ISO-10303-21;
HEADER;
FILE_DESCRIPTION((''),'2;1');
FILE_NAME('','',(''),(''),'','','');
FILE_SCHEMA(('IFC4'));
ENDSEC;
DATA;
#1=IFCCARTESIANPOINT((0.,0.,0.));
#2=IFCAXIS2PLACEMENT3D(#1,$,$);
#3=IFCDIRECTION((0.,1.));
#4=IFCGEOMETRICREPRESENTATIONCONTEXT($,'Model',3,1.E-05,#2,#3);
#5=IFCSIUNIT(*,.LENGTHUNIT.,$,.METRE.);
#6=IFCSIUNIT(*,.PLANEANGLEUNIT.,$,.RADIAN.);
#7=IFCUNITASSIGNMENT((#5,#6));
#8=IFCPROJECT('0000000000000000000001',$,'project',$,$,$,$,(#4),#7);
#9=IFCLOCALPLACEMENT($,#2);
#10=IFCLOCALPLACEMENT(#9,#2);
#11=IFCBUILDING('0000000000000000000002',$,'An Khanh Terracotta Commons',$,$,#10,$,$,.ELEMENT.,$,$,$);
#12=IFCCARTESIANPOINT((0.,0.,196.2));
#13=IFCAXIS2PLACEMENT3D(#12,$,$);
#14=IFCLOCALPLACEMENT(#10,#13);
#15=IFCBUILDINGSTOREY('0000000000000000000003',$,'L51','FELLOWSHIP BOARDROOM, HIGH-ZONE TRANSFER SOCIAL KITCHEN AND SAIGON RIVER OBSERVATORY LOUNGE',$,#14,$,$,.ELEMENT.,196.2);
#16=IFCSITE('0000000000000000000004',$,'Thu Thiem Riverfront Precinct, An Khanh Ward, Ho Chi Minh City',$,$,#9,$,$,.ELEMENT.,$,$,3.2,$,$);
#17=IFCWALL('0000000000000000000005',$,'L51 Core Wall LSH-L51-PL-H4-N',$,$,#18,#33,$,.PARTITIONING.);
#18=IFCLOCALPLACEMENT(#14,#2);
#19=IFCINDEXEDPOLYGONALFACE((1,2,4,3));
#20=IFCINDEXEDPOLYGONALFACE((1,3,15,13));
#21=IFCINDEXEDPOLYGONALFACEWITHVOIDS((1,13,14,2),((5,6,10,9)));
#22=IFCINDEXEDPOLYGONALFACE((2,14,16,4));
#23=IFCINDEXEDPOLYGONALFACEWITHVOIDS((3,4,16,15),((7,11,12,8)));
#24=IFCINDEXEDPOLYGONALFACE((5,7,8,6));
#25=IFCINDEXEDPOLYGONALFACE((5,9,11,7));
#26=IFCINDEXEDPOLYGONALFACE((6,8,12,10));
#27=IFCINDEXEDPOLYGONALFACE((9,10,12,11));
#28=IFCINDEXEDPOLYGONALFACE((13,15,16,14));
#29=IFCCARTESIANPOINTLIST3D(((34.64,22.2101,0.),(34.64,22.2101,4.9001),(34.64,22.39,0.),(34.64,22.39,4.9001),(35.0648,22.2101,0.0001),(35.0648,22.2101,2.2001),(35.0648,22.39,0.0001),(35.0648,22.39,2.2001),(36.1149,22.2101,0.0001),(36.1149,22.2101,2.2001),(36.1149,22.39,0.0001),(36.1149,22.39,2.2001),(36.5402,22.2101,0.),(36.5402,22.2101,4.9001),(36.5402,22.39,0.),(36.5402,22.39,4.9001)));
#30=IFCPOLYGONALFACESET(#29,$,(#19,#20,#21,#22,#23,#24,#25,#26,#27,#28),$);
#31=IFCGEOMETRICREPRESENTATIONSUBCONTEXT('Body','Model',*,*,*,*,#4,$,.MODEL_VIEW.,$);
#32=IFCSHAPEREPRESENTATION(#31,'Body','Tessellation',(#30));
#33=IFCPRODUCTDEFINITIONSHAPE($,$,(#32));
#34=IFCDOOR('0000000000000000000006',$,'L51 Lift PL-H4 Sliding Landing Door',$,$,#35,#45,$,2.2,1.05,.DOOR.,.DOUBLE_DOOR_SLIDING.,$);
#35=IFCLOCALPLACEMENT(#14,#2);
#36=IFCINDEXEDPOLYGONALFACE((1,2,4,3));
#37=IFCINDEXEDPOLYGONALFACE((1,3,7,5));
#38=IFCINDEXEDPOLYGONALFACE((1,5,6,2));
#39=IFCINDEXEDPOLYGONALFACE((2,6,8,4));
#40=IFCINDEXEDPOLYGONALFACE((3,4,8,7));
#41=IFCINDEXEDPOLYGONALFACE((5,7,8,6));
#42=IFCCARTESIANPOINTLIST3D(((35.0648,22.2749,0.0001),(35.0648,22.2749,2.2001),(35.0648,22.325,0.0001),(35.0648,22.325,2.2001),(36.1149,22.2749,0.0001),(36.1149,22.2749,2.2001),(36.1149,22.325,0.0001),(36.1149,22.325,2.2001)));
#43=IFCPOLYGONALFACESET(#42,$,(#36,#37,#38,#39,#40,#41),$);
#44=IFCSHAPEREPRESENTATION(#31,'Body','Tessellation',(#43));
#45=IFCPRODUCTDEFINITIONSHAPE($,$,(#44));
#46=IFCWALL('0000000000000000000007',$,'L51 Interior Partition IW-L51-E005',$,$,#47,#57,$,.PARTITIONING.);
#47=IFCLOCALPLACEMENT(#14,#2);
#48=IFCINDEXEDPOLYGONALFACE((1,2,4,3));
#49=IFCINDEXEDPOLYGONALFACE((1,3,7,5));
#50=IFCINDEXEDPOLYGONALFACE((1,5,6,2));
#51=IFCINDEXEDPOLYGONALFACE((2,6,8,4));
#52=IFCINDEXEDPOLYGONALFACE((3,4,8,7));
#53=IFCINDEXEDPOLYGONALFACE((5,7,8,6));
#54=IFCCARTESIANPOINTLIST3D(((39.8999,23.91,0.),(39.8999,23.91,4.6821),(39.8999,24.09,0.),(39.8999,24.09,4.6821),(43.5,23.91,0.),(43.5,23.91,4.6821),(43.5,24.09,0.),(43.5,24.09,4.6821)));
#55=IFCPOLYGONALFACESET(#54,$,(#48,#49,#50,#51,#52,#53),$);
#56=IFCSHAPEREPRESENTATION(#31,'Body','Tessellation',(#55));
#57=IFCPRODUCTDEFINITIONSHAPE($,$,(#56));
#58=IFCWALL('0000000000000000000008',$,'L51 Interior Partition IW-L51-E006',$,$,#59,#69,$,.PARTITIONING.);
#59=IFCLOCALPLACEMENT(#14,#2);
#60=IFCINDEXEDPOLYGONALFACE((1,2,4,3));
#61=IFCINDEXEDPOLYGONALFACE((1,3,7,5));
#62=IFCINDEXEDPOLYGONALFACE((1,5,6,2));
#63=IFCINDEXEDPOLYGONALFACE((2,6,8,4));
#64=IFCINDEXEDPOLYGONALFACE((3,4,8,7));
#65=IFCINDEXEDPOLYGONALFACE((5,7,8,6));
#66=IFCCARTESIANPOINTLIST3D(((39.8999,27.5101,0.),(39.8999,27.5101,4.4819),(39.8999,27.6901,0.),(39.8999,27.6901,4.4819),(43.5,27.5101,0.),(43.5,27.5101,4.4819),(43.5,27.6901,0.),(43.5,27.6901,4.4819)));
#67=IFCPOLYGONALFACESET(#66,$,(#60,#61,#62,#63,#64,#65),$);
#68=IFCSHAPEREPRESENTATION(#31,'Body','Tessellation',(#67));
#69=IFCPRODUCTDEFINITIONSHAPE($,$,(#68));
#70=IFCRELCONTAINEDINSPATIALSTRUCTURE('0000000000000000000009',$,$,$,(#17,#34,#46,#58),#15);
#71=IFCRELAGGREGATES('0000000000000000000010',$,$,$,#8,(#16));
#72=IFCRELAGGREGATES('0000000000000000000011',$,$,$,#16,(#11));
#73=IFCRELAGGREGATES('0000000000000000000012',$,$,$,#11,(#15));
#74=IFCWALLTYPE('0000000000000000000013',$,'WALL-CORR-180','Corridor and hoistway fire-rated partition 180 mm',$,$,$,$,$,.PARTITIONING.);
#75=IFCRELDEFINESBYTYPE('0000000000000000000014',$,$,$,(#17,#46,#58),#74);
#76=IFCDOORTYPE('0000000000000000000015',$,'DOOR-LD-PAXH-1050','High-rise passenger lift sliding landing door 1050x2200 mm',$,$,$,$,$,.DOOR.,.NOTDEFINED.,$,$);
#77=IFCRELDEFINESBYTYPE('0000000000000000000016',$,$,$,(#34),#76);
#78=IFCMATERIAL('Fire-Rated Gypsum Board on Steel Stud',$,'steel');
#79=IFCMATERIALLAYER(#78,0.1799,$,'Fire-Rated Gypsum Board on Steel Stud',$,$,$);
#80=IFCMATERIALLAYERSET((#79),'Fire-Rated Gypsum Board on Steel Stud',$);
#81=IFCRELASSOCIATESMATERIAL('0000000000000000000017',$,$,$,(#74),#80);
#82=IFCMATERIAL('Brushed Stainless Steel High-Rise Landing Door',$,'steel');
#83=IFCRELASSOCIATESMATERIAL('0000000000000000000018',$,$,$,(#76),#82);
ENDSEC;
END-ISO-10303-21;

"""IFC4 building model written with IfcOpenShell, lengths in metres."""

from ifc_helpers import new_model, si_unit, direction, frame, frame_2d, origin, place, context, subcontext, project, spatial, rectangle, extrude, material, layer, layer_set, type_object, element, fill, save


model = new_model("IFC4")

# Units and contexts
model_context = context("Model", 3, precision=1e-05, world=origin(), true_north=direction((0.0, 1.0)))
body_context = subcontext(model_context, "Body", "Model", "MODEL_VIEW")
ifc_project = project(units=[si_unit("LENGTHUNIT", "METRE"), si_unit("PLANEANGLEUNIT", "RADIAN")], contexts=[model_context])

# Site, building, storey
site_placement = place(None, origin())
site = spatial("IfcSite", under=ifc_project, at=site_placement, Name="Thu Thiem Riverfront Precinct, An Khanh Ward, Ho Chi Minh City", CompositionType="ELEMENT", RefElevation=3.2)
building_placement = place(site_placement, origin())
building = spatial("IfcBuilding", under=site, at=building_placement, Name="An Khanh Terracotta Commons", CompositionType="ELEMENT")
storey_placement = place(building_placement, frame((0.0, 0.0, 196.2)))
storey = spatial("IfcBuildingStorey", under=building, at=storey_placement, Name="L51", Description="FELLOWSHIP BOARDROOM, HIGH-ZONE TRANSFER SOCIAL KITCHEN AND SAIGON RIVER OBSERVATORY LOUNGE", CompositionType="ELEMENT", Elevation=196.2)

# Shared definitions
ifc_material_1 = material(Name="Fire-Rated Gypsum Board on Steel Stud", Category="steel")
ifc_layer = layer(ifc_material_1, 0.1799, Name="Fire-Rated Gypsum Board on Steel Stud")
ifc_layer_set = layer_set([ifc_layer], Name="Fire-Rated Gypsum Board on Steel Stud")
wall_type = type_object("IfcWallType", Name="WALL-CORR-180", Description="Corridor and hoistway fire-rated partition 180 mm", PredefinedType="PARTITIONING", material=ifc_layer_set)

# Shared definitions
ifc_material_2 = material(Name="Brushed Stainless Steel High-Rise Landing Door", Category="steel")
door_type_1 = type_object("IfcDoorType", Name="DOOR-LD-PAXH-1050", Description="High-rise passenger lift sliding landing door 1050x2200 mm", OperationType="NOTDEFINED", PredefinedType="DOOR", material=ifc_material_2)

# Wall, opening, door
wall_1_placement = place(storey_placement, frame((34.6399, 22.3, 0.0), z_axis=(0.0, 0.0, 1.0), x_axis=(1.0, 0.0, 0.0)))
wall_1 = element("IfcWall", 1, at=wall_1_placement, inside=storey, type_object=wall_type, Name="L51 Core Wall LSH-L51-PL-H4-N", PredefinedType="PARTITIONING", context=body_context, shape_type="SweptSolid", body=[
    extrude(rectangle(XDim=1.9001, YDim=0.1799, at=frame_2d((0.9502, 0.0))), origin(), (0.0, 0.0, 1.0), 4.9001),
])
opening_1_placement = place(wall_1_placement, frame((0.425, 0.0, 0.0)))
opening_1 = element("IfcOpeningElement", 2, at=opening_1_placement, cuts=wall_1, PredefinedType="OPENING", context=body_context, shape_type="SweptSolid", body=[
    extrude(rectangle(XDim=1.05, YDim=2.2, at=frame_2d((0.5249, 1.1001))), frame((0.0, 0.0999, 0.0), z_axis=(0.0, -1.0, 0.0), x_axis=(1.0, 0.0, 0.0)), (0.0, 0.0, 1.0), 0.2),
])
door_1_placement = place(opening_1_placement, origin())
door_1 = element("IfcDoor", 3, at=door_1_placement, inside=storey, type_object=door_type_1, Name="L51 Lift PL-H4 Sliding Landing Door", OperationType="DOUBLE_DOOR_SLIDING", OverallHeight=2.2, OverallWidth=1.05, PredefinedType="DOOR", context=body_context, shape_type="SweptSolid", body=[
    extrude(rectangle(XDim=1.05, YDim=2.2, at=frame_2d((0.5249, 1.1001))), frame((0.0, 0.0249, 0.0), z_axis=(0.0, -1.0, 0.0), x_axis=(1.0, 0.0, 0.0)), (0.0, 0.0, 1.0), 0.05),
])
fill(opening_1, door_1)

# Walls
wall_2_placement = place(storey_placement, frame((39.8999, 24.0, 0.0), z_axis=(0.0, 0.0, 1.0), x_axis=(1.0, 0.0, 0.0)))
element("IfcWall", 4, at=wall_2_placement, inside=storey, type_object=wall_type, Name="L51 Interior Partition IW-L51-E005", PredefinedType="PARTITIONING", context=body_context, shape_type="SweptSolid", body=[
    extrude(rectangle(XDim=3.6001, YDim=0.1799, at=frame_2d((1.8, 0.0))), origin(), (0.0, 0.0, 1.0), 4.6821),
])
wall_3_placement = place(storey_placement, frame((39.8999, 27.6001, 0.0), z_axis=(0.0, 0.0, 1.0), x_axis=(1.0, 0.0, 0.0)))
element("IfcWall", 5, at=wall_3_placement, inside=storey, type_object=wall_type, Name="L51 Interior Partition IW-L51-E006", PredefinedType="PARTITIONING", context=body_context, shape_type="SweptSolid", body=[
    extrude(rectangle(XDim=3.6001, YDim=0.1799, at=frame_2d((1.8, 0.0))), origin(), (0.0, 0.0, 1.0), 4.4819),
])

save(model, "model.ifc")
